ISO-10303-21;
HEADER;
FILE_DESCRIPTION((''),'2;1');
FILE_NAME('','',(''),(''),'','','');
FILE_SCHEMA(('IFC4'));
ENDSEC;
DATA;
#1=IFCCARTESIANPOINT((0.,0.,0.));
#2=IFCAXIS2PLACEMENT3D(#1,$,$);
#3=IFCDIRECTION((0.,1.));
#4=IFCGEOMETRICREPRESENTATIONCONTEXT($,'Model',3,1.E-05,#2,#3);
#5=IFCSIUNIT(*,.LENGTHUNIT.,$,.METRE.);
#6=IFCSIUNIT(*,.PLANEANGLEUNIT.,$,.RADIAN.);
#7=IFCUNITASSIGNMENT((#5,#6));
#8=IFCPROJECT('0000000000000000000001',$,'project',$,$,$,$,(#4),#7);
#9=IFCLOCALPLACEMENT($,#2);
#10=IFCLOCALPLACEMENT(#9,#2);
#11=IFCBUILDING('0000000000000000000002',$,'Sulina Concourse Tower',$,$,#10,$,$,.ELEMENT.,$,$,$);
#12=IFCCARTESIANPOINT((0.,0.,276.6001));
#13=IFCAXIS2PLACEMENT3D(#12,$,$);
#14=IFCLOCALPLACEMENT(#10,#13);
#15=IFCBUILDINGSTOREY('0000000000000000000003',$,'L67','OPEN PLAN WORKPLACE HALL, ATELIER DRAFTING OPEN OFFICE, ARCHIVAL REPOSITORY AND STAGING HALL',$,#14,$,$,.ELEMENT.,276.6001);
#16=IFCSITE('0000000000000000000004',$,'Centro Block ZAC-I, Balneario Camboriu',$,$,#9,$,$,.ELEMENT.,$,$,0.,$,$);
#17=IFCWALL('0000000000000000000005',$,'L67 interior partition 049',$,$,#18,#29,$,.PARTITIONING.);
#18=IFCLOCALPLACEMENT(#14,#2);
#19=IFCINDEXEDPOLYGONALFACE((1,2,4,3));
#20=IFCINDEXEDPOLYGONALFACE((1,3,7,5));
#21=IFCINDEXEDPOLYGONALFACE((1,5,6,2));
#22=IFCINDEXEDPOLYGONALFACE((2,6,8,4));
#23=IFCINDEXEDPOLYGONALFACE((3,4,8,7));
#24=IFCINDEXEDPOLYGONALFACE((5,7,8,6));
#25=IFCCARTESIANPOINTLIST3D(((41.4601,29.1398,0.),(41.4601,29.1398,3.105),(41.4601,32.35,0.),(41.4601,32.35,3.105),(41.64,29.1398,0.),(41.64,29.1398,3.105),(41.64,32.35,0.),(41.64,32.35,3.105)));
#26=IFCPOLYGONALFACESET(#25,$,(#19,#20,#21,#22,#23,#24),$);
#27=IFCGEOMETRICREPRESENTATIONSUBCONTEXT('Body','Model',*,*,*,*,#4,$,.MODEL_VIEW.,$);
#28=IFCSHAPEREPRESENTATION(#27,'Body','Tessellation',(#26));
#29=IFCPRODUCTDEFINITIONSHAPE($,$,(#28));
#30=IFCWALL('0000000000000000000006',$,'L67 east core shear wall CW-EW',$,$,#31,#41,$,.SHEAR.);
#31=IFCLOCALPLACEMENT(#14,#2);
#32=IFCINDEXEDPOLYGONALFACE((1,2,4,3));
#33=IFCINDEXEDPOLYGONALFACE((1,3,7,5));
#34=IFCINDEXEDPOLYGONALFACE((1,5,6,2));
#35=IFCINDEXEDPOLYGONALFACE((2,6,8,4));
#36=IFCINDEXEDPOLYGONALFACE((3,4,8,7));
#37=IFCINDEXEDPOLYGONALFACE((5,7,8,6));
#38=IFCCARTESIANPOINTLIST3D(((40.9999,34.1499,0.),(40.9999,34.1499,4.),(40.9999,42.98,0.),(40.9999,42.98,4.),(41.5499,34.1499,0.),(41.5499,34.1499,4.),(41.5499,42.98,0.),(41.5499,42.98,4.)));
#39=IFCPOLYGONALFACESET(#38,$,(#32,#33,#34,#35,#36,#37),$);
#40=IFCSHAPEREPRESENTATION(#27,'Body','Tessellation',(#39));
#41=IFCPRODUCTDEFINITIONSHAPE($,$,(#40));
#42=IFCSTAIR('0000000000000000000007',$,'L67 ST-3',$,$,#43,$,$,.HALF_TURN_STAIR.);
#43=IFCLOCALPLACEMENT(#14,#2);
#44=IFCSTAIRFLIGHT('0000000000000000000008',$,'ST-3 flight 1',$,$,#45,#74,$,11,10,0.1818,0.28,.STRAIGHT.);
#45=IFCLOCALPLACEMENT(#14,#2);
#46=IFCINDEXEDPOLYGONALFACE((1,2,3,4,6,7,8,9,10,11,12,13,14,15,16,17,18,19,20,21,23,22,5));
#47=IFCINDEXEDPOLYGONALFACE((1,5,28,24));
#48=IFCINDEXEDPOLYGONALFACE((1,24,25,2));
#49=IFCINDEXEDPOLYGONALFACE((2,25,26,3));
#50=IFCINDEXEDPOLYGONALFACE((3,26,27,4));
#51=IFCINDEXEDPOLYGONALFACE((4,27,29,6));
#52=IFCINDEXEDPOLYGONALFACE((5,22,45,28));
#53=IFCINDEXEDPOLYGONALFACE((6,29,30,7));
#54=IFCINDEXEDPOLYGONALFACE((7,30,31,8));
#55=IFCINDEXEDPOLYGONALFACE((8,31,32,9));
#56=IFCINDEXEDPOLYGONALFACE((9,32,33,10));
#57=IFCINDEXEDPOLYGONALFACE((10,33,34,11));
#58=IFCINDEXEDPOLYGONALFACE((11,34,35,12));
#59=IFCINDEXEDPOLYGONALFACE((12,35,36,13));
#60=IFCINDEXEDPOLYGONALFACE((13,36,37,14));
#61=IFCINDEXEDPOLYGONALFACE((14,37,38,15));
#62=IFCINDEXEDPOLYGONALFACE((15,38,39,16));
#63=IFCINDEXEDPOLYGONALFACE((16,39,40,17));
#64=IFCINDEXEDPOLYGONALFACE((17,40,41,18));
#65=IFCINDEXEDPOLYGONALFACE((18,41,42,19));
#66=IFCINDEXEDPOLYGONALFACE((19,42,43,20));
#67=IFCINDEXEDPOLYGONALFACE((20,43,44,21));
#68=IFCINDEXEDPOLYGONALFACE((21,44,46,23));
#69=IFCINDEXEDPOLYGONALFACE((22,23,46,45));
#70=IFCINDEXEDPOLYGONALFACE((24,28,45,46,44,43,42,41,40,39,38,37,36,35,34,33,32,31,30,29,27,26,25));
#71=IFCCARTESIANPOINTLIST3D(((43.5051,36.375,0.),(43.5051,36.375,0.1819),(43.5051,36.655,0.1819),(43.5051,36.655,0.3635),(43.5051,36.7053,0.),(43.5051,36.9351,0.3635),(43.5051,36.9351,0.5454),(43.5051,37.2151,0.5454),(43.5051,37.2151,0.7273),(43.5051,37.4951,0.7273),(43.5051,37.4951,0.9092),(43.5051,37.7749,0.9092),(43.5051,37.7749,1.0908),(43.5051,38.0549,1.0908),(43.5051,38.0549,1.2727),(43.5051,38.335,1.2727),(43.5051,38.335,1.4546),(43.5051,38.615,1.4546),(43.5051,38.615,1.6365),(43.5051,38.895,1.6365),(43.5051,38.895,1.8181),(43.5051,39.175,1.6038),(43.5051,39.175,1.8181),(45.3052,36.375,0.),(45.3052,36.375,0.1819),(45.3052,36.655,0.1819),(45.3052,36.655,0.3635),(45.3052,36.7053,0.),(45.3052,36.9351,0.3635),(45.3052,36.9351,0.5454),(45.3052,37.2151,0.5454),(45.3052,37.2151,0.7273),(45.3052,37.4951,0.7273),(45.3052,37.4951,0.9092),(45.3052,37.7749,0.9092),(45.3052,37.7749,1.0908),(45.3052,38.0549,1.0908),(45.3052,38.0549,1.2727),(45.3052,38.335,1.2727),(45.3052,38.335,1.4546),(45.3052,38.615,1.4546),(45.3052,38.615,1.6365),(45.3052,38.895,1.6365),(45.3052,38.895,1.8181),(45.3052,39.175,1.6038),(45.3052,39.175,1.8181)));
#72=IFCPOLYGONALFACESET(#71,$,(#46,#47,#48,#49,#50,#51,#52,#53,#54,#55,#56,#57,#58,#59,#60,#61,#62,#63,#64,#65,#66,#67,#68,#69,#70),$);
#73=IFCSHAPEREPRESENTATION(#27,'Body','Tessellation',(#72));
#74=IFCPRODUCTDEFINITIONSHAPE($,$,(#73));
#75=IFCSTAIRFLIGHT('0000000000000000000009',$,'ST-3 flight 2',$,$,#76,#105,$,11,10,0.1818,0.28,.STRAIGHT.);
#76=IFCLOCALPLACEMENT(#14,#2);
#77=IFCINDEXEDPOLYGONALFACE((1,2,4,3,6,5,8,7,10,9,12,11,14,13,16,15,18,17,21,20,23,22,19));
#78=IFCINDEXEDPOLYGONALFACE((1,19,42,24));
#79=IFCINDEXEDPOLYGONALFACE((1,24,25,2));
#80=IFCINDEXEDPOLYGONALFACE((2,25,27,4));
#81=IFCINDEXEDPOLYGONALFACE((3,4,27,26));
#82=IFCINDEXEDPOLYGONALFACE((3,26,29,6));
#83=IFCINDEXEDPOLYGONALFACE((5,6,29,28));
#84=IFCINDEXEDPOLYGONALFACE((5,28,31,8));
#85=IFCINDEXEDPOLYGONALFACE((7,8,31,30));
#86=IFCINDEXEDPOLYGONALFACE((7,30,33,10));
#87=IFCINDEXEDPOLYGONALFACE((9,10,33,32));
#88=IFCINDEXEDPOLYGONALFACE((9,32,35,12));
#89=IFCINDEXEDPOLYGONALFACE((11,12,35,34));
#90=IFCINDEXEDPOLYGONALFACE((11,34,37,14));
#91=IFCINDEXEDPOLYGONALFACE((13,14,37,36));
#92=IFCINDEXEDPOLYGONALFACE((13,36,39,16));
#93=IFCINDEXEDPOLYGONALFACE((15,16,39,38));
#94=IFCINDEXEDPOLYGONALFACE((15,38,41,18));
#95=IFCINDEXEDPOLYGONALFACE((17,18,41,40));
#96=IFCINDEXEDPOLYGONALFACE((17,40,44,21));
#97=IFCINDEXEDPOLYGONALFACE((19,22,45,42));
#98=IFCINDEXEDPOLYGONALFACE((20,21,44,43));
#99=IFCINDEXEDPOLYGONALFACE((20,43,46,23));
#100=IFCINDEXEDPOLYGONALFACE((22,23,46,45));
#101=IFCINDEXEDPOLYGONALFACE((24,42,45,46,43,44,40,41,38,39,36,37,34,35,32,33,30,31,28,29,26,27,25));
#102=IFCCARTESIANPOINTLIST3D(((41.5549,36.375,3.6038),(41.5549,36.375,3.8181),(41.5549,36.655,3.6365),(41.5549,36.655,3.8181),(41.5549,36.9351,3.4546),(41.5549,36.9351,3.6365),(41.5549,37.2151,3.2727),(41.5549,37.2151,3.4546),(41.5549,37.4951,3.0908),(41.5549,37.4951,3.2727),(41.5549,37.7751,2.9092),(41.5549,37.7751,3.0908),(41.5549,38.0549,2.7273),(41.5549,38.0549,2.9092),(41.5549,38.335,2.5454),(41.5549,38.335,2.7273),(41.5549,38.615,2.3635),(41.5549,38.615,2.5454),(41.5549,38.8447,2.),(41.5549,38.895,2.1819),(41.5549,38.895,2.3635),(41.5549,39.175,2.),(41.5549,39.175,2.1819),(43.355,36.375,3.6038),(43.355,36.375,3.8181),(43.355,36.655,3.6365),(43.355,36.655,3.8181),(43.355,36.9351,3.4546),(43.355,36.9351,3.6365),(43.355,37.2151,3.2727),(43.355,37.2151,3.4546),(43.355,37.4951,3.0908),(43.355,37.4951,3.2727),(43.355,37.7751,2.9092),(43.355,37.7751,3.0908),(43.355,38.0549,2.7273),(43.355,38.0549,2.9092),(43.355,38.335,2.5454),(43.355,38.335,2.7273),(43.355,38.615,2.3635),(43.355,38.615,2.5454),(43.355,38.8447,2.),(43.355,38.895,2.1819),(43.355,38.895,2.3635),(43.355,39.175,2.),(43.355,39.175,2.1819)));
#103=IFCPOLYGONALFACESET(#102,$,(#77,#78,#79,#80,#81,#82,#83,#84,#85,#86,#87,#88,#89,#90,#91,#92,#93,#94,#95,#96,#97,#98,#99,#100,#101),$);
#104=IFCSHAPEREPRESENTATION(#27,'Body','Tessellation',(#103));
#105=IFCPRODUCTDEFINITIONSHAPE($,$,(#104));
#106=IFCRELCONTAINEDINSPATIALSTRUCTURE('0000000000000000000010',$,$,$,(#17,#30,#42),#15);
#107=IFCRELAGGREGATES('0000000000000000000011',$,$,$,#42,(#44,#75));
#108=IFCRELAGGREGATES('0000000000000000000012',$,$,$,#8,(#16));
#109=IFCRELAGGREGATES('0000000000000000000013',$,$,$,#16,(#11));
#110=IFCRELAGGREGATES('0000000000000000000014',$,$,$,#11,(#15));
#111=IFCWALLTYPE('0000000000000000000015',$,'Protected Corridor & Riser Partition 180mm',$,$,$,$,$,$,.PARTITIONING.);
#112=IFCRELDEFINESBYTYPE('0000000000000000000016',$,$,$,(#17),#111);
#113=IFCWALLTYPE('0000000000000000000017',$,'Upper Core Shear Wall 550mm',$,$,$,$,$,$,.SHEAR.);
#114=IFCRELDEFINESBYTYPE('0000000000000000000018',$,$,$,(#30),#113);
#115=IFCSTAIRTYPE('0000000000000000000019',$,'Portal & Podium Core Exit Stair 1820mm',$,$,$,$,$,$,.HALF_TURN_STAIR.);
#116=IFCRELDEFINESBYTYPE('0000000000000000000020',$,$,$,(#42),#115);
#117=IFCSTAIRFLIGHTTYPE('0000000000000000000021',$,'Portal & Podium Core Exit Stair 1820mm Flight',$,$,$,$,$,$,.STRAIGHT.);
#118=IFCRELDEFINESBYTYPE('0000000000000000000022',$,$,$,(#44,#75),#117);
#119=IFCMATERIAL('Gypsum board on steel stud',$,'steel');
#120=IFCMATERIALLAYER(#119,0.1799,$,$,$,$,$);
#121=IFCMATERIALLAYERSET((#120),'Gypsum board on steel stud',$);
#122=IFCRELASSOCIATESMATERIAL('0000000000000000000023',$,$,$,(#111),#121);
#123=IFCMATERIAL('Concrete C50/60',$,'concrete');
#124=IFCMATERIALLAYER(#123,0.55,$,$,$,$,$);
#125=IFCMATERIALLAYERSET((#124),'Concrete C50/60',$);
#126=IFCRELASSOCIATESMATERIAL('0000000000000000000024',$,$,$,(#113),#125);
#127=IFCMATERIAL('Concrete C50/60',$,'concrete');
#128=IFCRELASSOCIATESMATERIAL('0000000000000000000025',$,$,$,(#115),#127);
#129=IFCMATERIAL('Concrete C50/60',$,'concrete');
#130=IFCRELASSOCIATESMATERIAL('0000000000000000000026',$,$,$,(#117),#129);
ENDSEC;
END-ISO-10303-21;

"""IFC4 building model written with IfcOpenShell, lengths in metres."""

from ifc_helpers import new_model, si_unit, direction, frame, frame_2d, origin, place, context, subcontext, project, spatial, polyline, rectangle, outline, extrude, material, layer, layer_set, type_object, element, aggregate, save


model = new_model("IFC4")

# Units and contexts
model_context = context("Model", 3, precision=1e-05, world=origin(), true_north=direction((0.0, 1.0)))
body_context = subcontext(model_context, "Body", "Model", "MODEL_VIEW")
ifc_project = project(units=[si_unit("LENGTHUNIT", "METRE"), si_unit("PLANEANGLEUNIT", "RADIAN")], contexts=[model_context])

# Site, building, storey
site_placement = place(None, origin())
site = spatial("IfcSite", under=ifc_project, at=site_placement, Name="Centro Block ZAC-I, Balneario Camboriu", CompositionType="ELEMENT", RefElevation=0.0)
building_placement = place(site_placement, origin())
building = spatial("IfcBuilding", under=site, at=building_placement, Name="Sulina Concourse Tower", CompositionType="ELEMENT")
storey_placement = place(building_placement, frame((0.0, 0.0, 276.6001)))
storey = spatial("IfcBuildingStorey", under=building, at=storey_placement, Name="L67", Description="OPEN PLAN WORKPLACE HALL, ATELIER DRAFTING OPEN OFFICE, ARCHIVAL REPOSITORY AND STAGING HALL", CompositionType="ELEMENT", Elevation=276.6001)

# Walls
ifc_material_1 = material(Name="Gypsum board on steel stud", Category="steel")
ifc_layer_1 = layer(ifc_material_1, 0.1799)
ifc_layer_set_1 = layer_set([ifc_layer_1], Name="Gypsum board on steel stud")
wall_type_1 = type_object("IfcWallType", Name="Protected Corridor & Riser Partition 180mm", PredefinedType="PARTITIONING", material=ifc_layer_set_1)
wall_1_placement = place(storey_placement, frame((41.55, 29.1399, 0.0), z_axis=(0.0, 0.0, 1.0), x_axis=(0.0, 1.0, 0.0)))
element("IfcWall", 1, at=wall_1_placement, inside=storey, type_object=wall_type_1, Name="L67 interior partition 049", PredefinedType="PARTITIONING", context=body_context, shape_type="SweptSolid", body=[
    extrude(rectangle(XDim=3.2102, YDim=0.1799, at=frame_2d((1.605, 0.0))), origin(), (0.0, 0.0, 1.0), 3.105),
])
ifc_material_2 = material(Name="Concrete C50/60", Category="concrete")
ifc_layer_2 = layer(ifc_material_2, 0.55)
ifc_layer_set_2 = layer_set([ifc_layer_2], Name="Concrete C50/60")
wall_type_2 = type_object("IfcWallType", Name="Upper Core Shear Wall 550mm", PredefinedType="SHEAR", material=ifc_layer_set_2)
wall_2_placement = place(storey_placement, frame((41.2749, 34.1499, 0.0), z_axis=(0.0, 0.0, 1.0), x_axis=(0.0, 1.0, 0.0)))
element("IfcWall", 2, at=wall_2_placement, inside=storey, type_object=wall_type_2, Name="L67 east core shear wall CW-EW", PredefinedType="SHEAR", context=body_context, shape_type="SweptSolid", body=[
    extrude(rectangle(XDim=8.8301, YDim=0.55, at=frame_2d((4.415, 0.0))), origin(), (0.0, 0.0, 1.0), 4.0),
])

# Stair, stair flights
ifc_material_3 = material(Name="Concrete C50/60", Category="concrete")
stair_type = type_object("IfcStairType", Name="Portal & Podium Core Exit Stair 1820mm", PredefinedType="HALF_TURN_STAIR", material=ifc_material_3)
stair_placement = place(storey_placement, origin())
stair = element("IfcStair", 3, at=stair_placement, inside=storey, type_object=stair_type, Name="L67 ST-3", PredefinedType="HALF_TURN_STAIR")
ifc_material_4 = material(Name="Concrete C50/60", Category="concrete")
stair_flight_type = type_object("IfcStairFlightType", Name="Portal & Podium Core Exit Stair 1820mm Flight", PredefinedType="STRAIGHT", material=ifc_material_4)
stair_flight_1_placement = place(storey_placement, frame((44.405, 36.375, 0.0), z_axis=(0.0, 0.0, 1.0), x_axis=(0.0, 1.0, 0.0)))
stair_flight_1 = element("IfcStairFlight", 4, at=stair_flight_1_placement, type_object=stair_flight_type, Name="ST-3 flight 1", NumberOfRisers=11, NumberOfTreads=10, PredefinedType="STRAIGHT", RiserHeight=0.1818, TreadLength=0.28, context=body_context, shape_type="SweptSolid", body=[
    extrude(outline(polyline([(0.0, 0.0), (0.0, 0.1819), (0.28, 0.1819), (0.28, 0.3635), (0.5601, 0.3635), (0.5601, 0.5454), (0.8401, 0.5454), (0.8401, 0.7273), (1.1201, 0.7273), (1.1201, 0.9092), (1.3999, 0.9092), (1.3999, 1.0908), (1.6799, 1.0908), (1.6799, 1.2727), (1.96, 1.2727), (1.96, 1.4546), (2.24, 1.4546), (2.24, 1.6365), (2.52, 1.6365), (2.52, 1.8181), (2.8, 1.8181), (2.8, 2.0), (2.8, 1.6038), (0.3303, 0.0), (0.0, 0.0)])), frame((0.0, 0.8999, 0.0), z_axis=(0.0, -1.0, 0.0), x_axis=(1.0, 0.0, 0.0)), (0.0, 0.0, 1.0), 1.8),
])
stair_flight_2_placement = place(storey_placement, frame((42.4551, 39.175, 2.0), z_axis=(0.0, 0.0, 1.0), x_axis=(0.0, -1.0, 0.0)))
stair_flight_2 = element("IfcStairFlight", 5, at=stair_flight_2_placement, type_object=stair_flight_type, Name="ST-3 flight 2", NumberOfRisers=11, NumberOfTreads=10, PredefinedType="STRAIGHT", RiserHeight=0.1818, TreadLength=0.28, context=body_context, shape_type="SweptSolid", body=[
    extrude(outline(polyline([(0.0, 0.0), (0.0, 0.1819), (0.28, 0.1819), (0.28, 0.3635), (0.5601, 0.3635), (0.5601, 0.5454), (0.8401, 0.5454), (0.8401, 0.7273), (1.1201, 0.7273), (1.1201, 0.9092), (1.3999, 0.9092), (1.3999, 1.0908), (1.6799, 1.0908), (1.6799, 1.2727), (1.96, 1.2727), (1.96, 1.4546), (2.24, 1.4546), (2.24, 1.6365), (2.52, 1.6365), (2.52, 1.8181), (2.8, 1.8181), (2.8, 2.0), (2.8, 1.6038), (0.3303, 0.0), (0.0, 0.0)])), frame((0.0, 0.8999, 0.0), z_axis=(0.0, -1.0, 0.0), x_axis=(1.0, 0.0, 0.0)), (0.0, 0.0, 1.0), 1.8),
])
aggregate(stair, [stair_flight_1, stair_flight_2])

save(model, "model.ifc")
